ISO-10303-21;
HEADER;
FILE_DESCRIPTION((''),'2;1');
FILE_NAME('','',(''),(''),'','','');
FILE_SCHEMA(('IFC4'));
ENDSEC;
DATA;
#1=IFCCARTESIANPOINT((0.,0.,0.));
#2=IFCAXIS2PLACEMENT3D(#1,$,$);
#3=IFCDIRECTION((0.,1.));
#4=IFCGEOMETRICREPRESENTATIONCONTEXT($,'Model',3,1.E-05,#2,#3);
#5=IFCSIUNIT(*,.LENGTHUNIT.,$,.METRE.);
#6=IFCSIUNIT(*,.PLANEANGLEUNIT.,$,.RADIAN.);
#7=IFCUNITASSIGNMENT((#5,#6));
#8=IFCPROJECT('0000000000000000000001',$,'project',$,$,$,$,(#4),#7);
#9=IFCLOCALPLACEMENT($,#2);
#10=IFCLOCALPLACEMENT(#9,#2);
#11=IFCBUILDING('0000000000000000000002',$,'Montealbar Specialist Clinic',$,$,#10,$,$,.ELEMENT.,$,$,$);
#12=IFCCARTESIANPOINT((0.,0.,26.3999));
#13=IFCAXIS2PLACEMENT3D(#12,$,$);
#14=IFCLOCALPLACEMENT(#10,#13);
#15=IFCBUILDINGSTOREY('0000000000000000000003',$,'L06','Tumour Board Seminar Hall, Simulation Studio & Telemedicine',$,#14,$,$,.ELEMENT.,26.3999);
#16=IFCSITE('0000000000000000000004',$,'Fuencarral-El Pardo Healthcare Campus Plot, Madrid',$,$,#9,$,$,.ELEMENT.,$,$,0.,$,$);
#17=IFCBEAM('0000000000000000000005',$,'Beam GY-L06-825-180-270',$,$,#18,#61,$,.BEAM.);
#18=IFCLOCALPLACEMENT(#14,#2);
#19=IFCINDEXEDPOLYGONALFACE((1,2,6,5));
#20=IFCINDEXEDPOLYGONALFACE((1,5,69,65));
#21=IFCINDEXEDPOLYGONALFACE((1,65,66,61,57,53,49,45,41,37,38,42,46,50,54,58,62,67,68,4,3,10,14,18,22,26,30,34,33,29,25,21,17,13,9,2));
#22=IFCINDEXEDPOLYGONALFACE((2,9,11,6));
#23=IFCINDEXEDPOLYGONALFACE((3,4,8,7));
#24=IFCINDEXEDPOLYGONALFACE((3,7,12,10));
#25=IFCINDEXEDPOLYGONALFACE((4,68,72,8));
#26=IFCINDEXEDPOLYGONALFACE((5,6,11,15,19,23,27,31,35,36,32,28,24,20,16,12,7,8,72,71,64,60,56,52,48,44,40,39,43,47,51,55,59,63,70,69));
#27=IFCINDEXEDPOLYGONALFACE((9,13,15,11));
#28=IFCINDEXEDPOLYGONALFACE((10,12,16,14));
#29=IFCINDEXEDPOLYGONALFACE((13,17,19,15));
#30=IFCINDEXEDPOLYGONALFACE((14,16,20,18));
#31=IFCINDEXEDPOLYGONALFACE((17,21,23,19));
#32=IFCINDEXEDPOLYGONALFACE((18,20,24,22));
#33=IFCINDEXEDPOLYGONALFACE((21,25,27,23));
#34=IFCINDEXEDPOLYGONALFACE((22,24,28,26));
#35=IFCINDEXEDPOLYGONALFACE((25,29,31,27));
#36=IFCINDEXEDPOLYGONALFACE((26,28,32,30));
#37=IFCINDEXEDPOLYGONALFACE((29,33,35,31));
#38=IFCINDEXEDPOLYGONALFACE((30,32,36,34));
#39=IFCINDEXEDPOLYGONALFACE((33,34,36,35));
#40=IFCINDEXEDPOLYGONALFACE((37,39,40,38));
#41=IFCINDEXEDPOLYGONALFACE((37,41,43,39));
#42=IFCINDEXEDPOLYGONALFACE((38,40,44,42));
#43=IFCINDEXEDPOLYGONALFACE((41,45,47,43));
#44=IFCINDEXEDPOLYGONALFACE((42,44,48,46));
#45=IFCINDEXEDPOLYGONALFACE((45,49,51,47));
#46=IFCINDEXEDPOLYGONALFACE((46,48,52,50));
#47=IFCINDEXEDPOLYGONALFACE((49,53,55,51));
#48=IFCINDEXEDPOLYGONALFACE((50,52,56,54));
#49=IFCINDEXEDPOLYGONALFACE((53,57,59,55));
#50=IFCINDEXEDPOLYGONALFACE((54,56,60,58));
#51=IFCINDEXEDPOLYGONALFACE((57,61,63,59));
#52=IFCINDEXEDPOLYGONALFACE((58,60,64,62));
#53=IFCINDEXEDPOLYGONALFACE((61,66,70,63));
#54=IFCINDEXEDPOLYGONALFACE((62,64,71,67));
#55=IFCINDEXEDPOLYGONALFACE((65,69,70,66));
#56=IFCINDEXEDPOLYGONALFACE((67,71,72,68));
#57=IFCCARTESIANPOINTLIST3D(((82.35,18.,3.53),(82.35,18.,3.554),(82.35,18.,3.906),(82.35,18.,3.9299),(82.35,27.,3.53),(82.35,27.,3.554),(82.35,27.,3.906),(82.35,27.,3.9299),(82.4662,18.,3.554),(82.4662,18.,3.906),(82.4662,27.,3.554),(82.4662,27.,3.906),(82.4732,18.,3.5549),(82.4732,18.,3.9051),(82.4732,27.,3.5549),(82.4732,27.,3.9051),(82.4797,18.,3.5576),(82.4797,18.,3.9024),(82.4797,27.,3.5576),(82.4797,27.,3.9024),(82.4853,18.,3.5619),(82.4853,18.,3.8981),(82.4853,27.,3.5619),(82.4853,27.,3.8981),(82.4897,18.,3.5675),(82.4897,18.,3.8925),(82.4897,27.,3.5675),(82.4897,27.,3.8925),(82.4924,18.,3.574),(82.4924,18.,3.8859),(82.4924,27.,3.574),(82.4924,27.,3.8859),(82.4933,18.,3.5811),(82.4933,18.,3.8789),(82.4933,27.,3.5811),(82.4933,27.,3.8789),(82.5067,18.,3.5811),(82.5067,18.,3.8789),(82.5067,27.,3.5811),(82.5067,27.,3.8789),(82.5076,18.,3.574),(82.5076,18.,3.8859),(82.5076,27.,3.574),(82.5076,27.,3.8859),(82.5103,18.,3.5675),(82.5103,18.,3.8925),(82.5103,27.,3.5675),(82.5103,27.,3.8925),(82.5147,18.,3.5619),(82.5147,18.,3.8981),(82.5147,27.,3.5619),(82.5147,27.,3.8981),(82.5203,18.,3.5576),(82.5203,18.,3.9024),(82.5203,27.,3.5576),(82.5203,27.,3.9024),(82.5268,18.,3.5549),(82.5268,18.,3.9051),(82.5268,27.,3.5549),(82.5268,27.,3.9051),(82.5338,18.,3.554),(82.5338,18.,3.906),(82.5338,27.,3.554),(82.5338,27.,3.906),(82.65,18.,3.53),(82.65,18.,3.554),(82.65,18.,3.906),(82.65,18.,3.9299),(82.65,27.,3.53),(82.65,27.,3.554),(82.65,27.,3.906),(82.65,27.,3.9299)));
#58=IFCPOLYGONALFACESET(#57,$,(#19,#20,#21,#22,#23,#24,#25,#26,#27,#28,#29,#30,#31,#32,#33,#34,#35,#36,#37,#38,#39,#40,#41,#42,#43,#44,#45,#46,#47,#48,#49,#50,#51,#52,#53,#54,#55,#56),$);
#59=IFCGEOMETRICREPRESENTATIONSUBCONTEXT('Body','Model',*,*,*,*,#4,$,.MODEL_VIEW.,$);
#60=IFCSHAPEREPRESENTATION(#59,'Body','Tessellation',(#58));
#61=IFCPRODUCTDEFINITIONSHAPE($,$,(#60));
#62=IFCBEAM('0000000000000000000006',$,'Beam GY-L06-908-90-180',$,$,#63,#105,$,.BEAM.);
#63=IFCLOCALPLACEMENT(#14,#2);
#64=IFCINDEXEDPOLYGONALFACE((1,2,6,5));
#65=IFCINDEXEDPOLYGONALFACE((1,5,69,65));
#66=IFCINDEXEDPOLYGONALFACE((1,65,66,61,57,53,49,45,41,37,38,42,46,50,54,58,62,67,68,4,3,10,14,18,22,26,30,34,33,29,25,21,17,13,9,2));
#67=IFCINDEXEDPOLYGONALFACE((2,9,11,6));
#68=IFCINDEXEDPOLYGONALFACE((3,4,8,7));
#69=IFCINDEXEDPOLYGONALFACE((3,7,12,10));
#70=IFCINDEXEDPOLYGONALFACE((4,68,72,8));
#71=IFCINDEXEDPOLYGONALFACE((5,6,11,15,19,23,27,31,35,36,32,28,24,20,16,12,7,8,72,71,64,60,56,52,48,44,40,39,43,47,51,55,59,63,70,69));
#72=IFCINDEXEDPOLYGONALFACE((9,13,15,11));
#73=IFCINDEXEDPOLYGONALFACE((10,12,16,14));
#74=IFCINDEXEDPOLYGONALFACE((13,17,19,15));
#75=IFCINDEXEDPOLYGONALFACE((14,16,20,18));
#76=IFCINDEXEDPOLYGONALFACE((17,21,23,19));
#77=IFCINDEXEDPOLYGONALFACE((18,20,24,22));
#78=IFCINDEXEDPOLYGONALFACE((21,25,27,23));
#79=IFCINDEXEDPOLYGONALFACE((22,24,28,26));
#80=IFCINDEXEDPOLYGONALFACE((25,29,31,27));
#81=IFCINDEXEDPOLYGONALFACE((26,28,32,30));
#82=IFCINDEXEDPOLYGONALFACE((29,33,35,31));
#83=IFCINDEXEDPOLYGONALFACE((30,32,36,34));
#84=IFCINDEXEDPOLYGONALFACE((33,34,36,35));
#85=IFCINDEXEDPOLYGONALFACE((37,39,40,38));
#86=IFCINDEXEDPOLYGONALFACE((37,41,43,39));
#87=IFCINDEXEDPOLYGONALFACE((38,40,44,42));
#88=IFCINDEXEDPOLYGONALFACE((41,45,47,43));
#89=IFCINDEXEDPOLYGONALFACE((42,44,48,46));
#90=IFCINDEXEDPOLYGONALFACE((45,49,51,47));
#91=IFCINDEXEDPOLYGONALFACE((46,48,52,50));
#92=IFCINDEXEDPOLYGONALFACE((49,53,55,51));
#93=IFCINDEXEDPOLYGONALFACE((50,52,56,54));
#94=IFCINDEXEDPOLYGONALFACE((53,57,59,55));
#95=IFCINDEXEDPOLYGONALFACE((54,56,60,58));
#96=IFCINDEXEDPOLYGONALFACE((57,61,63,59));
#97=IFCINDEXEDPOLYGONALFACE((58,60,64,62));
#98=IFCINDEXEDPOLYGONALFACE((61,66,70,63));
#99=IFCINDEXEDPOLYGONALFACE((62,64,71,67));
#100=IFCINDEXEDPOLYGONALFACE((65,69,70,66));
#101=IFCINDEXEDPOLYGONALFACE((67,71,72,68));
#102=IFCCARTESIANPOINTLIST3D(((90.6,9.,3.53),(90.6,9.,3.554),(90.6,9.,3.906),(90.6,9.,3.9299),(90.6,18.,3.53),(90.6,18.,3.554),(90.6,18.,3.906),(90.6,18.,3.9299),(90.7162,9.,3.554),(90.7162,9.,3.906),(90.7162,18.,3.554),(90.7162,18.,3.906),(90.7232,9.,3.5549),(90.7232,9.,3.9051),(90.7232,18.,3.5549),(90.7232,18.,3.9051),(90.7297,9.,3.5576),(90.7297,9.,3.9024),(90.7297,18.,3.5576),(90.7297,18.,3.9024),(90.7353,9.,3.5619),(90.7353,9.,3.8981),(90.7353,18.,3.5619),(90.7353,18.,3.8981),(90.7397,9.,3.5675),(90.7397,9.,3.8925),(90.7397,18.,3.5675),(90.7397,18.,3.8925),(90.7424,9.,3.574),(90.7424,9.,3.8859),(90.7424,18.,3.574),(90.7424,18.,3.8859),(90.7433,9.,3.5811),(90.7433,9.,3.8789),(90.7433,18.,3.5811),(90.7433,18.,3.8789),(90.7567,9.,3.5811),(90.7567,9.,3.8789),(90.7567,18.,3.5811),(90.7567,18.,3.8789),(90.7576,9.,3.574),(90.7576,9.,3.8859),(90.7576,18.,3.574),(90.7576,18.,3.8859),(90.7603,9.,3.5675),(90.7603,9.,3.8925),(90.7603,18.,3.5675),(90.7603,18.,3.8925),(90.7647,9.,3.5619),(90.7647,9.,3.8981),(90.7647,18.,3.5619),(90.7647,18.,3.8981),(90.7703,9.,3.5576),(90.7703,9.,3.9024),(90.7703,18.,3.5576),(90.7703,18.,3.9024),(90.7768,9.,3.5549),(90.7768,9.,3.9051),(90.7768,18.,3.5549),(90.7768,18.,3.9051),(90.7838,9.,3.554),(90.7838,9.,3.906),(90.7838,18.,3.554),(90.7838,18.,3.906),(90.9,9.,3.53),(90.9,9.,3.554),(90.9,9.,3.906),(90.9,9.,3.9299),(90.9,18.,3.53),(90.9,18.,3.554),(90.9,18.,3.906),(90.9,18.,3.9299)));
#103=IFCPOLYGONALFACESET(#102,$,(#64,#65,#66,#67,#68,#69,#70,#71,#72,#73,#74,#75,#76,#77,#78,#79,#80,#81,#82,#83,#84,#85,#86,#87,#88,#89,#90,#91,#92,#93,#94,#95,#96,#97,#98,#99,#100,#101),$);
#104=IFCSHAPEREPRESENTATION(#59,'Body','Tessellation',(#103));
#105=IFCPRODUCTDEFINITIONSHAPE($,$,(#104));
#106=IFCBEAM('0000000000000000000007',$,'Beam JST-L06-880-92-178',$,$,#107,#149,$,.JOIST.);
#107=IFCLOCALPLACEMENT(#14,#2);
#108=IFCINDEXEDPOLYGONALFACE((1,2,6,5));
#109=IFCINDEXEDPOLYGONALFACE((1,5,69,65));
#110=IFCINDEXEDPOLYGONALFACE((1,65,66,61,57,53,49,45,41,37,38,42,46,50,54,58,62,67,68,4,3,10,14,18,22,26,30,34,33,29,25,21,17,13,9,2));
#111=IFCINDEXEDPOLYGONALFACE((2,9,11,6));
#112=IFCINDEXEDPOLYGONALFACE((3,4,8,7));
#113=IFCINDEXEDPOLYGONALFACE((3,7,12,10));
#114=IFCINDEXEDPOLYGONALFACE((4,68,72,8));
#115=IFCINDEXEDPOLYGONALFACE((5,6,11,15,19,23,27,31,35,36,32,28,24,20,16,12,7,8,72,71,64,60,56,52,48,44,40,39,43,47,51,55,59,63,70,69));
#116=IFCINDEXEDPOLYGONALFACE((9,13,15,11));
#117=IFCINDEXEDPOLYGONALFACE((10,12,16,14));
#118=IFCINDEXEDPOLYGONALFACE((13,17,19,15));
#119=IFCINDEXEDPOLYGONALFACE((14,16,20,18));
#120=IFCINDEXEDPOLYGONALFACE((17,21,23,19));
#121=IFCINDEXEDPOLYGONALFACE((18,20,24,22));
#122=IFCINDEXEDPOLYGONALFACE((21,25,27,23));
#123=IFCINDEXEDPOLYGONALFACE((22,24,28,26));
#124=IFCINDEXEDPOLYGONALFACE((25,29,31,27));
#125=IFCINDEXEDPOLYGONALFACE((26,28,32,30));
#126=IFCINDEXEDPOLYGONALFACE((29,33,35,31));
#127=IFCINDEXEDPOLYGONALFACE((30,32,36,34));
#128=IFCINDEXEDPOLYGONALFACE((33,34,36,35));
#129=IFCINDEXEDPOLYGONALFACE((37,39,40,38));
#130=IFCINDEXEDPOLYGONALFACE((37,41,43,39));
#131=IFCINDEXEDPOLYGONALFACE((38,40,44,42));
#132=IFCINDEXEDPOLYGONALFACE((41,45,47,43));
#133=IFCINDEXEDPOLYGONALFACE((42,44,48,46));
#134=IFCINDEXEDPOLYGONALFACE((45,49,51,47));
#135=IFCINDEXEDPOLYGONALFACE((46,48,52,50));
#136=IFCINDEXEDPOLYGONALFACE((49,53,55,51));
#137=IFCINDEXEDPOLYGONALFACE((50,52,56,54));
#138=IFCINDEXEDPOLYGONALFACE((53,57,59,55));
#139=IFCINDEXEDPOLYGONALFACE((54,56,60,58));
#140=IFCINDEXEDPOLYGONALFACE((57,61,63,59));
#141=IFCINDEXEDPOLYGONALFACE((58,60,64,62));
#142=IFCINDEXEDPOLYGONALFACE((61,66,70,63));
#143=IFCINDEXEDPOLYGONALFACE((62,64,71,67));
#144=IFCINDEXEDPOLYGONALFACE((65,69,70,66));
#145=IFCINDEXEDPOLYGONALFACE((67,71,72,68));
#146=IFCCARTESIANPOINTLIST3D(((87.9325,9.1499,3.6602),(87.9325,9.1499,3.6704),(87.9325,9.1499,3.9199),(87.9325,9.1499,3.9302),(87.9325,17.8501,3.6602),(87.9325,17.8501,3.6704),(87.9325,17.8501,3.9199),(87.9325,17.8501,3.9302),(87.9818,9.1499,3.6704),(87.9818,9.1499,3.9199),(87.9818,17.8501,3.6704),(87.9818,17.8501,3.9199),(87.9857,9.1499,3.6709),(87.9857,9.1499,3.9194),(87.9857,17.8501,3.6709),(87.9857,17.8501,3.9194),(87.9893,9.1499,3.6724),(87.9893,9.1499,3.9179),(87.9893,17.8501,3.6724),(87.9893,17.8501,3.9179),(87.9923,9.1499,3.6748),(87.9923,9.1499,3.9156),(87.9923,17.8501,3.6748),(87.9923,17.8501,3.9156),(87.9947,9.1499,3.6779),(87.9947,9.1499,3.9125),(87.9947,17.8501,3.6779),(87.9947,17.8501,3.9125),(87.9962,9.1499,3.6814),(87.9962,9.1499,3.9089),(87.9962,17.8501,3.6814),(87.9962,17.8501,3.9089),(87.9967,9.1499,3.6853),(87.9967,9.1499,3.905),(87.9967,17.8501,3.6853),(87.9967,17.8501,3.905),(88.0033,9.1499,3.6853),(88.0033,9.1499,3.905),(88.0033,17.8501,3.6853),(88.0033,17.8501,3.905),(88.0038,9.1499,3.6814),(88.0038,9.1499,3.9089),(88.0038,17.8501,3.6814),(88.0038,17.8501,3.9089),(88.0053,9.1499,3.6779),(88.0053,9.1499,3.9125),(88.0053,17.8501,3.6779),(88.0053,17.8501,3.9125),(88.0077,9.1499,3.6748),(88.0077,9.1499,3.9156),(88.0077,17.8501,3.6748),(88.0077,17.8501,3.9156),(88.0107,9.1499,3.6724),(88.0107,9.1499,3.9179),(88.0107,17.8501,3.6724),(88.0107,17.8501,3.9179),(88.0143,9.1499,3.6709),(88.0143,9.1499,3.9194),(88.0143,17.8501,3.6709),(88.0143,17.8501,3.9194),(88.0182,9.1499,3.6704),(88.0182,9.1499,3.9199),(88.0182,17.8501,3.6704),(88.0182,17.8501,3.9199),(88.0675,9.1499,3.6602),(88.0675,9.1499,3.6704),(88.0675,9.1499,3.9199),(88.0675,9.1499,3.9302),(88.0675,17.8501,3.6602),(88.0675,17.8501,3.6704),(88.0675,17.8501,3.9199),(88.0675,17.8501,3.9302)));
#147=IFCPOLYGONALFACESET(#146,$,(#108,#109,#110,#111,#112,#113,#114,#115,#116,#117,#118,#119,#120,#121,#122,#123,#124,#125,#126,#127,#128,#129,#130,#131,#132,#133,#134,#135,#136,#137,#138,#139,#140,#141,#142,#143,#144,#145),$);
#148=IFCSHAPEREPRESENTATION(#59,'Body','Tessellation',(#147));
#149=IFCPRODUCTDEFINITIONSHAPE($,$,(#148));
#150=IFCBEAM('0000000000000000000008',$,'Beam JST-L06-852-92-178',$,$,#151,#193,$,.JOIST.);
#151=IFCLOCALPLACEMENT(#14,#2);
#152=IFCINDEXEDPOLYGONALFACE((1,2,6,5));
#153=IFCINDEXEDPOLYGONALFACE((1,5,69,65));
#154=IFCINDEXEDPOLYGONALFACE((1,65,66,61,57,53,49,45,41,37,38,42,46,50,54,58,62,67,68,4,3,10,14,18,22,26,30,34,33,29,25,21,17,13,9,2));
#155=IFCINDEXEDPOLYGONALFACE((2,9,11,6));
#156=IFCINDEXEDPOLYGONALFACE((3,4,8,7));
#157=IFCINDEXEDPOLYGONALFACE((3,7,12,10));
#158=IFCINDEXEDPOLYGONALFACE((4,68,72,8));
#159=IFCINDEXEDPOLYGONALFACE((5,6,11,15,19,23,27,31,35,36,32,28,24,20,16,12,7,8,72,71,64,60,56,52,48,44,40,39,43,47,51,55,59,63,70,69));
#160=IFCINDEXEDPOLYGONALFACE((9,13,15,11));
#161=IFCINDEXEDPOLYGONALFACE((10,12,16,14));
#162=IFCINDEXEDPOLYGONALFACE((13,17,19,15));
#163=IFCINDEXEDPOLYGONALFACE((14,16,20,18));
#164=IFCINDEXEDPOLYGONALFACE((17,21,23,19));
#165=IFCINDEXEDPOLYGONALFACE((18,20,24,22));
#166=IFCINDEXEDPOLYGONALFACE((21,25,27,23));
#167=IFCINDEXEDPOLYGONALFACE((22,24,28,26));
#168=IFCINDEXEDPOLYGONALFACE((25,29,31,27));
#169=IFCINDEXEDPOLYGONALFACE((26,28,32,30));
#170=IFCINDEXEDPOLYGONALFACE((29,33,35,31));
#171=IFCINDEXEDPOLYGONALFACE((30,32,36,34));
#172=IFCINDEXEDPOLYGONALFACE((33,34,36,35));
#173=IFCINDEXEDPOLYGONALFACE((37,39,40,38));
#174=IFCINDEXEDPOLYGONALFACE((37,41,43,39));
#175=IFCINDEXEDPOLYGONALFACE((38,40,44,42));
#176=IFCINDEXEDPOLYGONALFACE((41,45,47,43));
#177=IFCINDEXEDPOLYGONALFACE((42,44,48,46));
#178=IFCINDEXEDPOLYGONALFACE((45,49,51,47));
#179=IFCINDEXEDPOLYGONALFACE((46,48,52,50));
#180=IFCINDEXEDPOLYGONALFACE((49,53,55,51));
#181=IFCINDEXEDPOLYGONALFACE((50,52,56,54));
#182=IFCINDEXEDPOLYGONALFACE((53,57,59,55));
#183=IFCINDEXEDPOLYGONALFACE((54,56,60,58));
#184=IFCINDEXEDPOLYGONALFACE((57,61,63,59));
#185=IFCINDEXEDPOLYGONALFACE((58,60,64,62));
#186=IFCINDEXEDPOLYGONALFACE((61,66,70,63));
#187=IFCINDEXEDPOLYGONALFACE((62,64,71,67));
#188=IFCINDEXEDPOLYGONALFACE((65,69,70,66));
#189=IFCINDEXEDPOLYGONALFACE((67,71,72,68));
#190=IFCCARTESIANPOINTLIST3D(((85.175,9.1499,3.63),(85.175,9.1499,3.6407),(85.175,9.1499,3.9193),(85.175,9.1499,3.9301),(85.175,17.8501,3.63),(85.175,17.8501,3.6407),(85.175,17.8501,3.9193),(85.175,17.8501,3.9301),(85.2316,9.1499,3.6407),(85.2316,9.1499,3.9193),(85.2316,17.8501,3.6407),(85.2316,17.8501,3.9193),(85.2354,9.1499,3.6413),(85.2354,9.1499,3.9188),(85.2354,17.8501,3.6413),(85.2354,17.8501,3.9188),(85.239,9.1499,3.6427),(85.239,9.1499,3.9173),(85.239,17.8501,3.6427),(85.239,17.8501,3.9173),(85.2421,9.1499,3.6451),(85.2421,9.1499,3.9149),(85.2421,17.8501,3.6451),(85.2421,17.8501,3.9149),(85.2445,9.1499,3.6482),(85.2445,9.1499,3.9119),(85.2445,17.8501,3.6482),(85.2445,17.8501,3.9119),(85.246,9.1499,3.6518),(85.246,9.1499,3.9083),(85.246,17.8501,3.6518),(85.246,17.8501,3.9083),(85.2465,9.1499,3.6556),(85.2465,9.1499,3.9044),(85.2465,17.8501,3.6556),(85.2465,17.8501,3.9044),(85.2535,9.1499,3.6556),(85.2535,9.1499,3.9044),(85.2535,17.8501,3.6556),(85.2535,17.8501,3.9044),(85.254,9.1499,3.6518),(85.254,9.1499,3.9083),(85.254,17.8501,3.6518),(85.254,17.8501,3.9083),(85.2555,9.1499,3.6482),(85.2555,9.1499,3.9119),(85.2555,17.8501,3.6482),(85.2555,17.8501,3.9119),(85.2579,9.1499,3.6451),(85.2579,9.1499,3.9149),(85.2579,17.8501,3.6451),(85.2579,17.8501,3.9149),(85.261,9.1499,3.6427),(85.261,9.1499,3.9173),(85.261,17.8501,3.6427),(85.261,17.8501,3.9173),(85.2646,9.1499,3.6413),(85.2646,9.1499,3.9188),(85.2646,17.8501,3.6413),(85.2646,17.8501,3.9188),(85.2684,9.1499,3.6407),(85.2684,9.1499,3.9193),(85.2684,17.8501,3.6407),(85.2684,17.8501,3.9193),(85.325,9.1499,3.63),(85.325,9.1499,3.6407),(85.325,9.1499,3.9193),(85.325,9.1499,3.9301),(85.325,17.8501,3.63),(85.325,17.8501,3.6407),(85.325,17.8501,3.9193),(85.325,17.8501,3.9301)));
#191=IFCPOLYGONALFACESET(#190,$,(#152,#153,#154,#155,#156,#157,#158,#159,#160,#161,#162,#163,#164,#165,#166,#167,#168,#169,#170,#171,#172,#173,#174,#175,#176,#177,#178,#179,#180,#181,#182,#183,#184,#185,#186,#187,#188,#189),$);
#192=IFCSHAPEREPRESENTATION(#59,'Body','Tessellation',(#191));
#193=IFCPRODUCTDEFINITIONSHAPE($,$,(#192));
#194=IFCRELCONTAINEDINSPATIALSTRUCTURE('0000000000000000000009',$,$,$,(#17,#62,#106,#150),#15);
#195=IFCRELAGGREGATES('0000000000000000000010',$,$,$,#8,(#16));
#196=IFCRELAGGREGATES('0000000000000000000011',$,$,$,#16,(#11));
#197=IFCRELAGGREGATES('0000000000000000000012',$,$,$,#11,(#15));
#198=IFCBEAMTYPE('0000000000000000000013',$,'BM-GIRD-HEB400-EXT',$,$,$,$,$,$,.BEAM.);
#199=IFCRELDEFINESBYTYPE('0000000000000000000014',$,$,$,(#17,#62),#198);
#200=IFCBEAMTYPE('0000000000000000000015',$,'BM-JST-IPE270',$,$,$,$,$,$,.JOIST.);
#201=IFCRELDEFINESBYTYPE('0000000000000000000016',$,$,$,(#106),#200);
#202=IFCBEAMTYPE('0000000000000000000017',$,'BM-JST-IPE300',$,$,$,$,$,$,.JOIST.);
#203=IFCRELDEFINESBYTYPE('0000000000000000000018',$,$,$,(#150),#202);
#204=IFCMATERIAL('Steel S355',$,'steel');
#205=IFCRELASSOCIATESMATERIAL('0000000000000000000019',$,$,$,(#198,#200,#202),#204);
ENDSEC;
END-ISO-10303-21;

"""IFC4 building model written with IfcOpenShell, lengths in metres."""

from ifc_helpers import new_model, si_unit, direction, frame, origin, origin_2d, place, context, subcontext, project, spatial, i_section, extrude, material, material_profile, profile_set, type_object, element, save


model = new_model("IFC4")

# Units and contexts
model_context = context("Model", 3, precision=1e-05, world=origin(), true_north=direction((0.0, 1.0)))
body_context = subcontext(model_context, "Body", "Model", "MODEL_VIEW")
ifc_project = project(units=[si_unit("LENGTHUNIT", "METRE"), si_unit("PLANEANGLEUNIT", "RADIAN")], contexts=[model_context])

# Site, building, storey
site_placement = place(None, origin())
site = spatial("IfcSite", under=ifc_project, at=site_placement, Name="Fuencarral-El Pardo Healthcare Campus Plot, Madrid", CompositionType="ELEMENT", RefElevation=0.0)
building_placement = place(site_placement, origin())
building = spatial("IfcBuilding", under=site, at=building_placement, Name="Montealbar Specialist Clinic", CompositionType="ELEMENT")
storey_placement = place(building_placement, frame((0.0, 0.0, 26.3999)))
storey = spatial("IfcBuildingStorey", under=building, at=storey_placement, Name="L06", Description="Tumour Board Seminar Hall, Simulation Studio & Telemedicine", CompositionType="ELEMENT", Elevation=26.3999)

# Shared definitions
ifc_material_1 = material(Name="Steel S355", Category="steel")

# Beams
ifc_material_profile_1 = material_profile(ifc_material_1, i_section(OverallWidth=0.3, OverallDepth=0.3999, WebThickness=0.0134, FlangeThickness=0.0239, FilletRadius=0.0271, at=origin_2d()), Name="HEB 400", Category="steel")
ifc_profile_set_1 = profile_set([ifc_material_profile_1], Name="Steel S355")
beam_type_1 = type_object("IfcBeamType", Name="BM-GIRD-HEB400-EXT", PredefinedType="BEAM", material=ifc_profile_set_1)
for number, where, z_axis, x_axis, name in (
    (1, (82.5, 18.0, 3.73), (0.0, 1.0, 0.0), (-1.0, 0.0, 0.0), "Beam GY-L06-825-180-270"),
    (2, (90.75, 9.0, 3.73), (0.0, 1.0, 0.0), (-1.0, 0.0, 0.0), "Beam GY-L06-908-90-180"),
):
    element("IfcBeam", number, at=place(storey_placement, frame(where, z_axis=z_axis, x_axis=x_axis)), inside=storey, type_object=beam_type_1, Name=name, PredefinedType="BEAM", context=body_context, shape_type="SweptSolid", body=[
        extrude(i_section(OverallWidth=0.3, OverallDepth=0.3999, WebThickness=0.0134, FlangeThickness=0.0239, FilletRadius=0.0271, at=origin_2d()), origin(), (0.0, 0.0, 1.0), 9.0),
    ])
ifc_material_profile_2 = material_profile(ifc_material_1, i_section(OverallWidth=0.135, OverallDepth=0.27, WebThickness=0.0066, FlangeThickness=0.0103, FilletRadius=0.0149, at=origin_2d()), Name="IPE 270", Category="steel")
ifc_profile_set_2 = profile_set([ifc_material_profile_2], Name="Steel S355")
beam_type_2 = type_object("IfcBeamType", Name="BM-JST-IPE270", PredefinedType="JOIST", material=ifc_profile_set_2)
beam_1_placement = place(storey_placement, frame((88.0, 9.1499, 3.7952), z_axis=(0.0, 1.0, 0.0), x_axis=(-1.0, 0.0, 0.0)))
element("IfcBeam", 3, at=beam_1_placement, inside=storey, type_object=beam_type_2, Name="Beam JST-L06-880-92-178", PredefinedType="JOIST", context=body_context, shape_type="SweptSolid", body=[
    extrude(i_section(OverallWidth=0.135, OverallDepth=0.27, WebThickness=0.0066, FlangeThickness=0.0103, FilletRadius=0.0149, at=origin_2d()), origin(), (0.0, 0.0, 1.0), 8.7002),
])
ifc_material_profile_3 = material_profile(ifc_material_1, i_section(OverallWidth=0.1499, OverallDepth=0.3, WebThickness=0.0071, FlangeThickness=0.0107, FilletRadius=0.0149, at=origin_2d()), Name="IPE 300", Category="steel")
ifc_profile_set_3 = profile_set([ifc_material_profile_3], Name="Steel S355")
beam_type_3 = type_object("IfcBeamType", Name="BM-JST-IPE300", PredefinedType="JOIST", material=ifc_profile_set_3)
beam_2_placement = place(storey_placement, frame((85.25, 9.1499, 3.78), z_axis=(0.0, 1.0, 0.0), x_axis=(-1.0, 0.0, 0.0)))
element("IfcBeam", 4, at=beam_2_placement, inside=storey, type_object=beam_type_3, Name="Beam JST-L06-852-92-178", PredefinedType="JOIST", context=body_context, shape_type="SweptSolid", body=[
    extrude(i_section(OverallWidth=0.1499, OverallDepth=0.3, WebThickness=0.0071, FlangeThickness=0.0107, FilletRadius=0.0149, at=origin_2d()), origin(), (0.0, 0.0, 1.0), 8.7002),
])

save(model, "model.ifc")
